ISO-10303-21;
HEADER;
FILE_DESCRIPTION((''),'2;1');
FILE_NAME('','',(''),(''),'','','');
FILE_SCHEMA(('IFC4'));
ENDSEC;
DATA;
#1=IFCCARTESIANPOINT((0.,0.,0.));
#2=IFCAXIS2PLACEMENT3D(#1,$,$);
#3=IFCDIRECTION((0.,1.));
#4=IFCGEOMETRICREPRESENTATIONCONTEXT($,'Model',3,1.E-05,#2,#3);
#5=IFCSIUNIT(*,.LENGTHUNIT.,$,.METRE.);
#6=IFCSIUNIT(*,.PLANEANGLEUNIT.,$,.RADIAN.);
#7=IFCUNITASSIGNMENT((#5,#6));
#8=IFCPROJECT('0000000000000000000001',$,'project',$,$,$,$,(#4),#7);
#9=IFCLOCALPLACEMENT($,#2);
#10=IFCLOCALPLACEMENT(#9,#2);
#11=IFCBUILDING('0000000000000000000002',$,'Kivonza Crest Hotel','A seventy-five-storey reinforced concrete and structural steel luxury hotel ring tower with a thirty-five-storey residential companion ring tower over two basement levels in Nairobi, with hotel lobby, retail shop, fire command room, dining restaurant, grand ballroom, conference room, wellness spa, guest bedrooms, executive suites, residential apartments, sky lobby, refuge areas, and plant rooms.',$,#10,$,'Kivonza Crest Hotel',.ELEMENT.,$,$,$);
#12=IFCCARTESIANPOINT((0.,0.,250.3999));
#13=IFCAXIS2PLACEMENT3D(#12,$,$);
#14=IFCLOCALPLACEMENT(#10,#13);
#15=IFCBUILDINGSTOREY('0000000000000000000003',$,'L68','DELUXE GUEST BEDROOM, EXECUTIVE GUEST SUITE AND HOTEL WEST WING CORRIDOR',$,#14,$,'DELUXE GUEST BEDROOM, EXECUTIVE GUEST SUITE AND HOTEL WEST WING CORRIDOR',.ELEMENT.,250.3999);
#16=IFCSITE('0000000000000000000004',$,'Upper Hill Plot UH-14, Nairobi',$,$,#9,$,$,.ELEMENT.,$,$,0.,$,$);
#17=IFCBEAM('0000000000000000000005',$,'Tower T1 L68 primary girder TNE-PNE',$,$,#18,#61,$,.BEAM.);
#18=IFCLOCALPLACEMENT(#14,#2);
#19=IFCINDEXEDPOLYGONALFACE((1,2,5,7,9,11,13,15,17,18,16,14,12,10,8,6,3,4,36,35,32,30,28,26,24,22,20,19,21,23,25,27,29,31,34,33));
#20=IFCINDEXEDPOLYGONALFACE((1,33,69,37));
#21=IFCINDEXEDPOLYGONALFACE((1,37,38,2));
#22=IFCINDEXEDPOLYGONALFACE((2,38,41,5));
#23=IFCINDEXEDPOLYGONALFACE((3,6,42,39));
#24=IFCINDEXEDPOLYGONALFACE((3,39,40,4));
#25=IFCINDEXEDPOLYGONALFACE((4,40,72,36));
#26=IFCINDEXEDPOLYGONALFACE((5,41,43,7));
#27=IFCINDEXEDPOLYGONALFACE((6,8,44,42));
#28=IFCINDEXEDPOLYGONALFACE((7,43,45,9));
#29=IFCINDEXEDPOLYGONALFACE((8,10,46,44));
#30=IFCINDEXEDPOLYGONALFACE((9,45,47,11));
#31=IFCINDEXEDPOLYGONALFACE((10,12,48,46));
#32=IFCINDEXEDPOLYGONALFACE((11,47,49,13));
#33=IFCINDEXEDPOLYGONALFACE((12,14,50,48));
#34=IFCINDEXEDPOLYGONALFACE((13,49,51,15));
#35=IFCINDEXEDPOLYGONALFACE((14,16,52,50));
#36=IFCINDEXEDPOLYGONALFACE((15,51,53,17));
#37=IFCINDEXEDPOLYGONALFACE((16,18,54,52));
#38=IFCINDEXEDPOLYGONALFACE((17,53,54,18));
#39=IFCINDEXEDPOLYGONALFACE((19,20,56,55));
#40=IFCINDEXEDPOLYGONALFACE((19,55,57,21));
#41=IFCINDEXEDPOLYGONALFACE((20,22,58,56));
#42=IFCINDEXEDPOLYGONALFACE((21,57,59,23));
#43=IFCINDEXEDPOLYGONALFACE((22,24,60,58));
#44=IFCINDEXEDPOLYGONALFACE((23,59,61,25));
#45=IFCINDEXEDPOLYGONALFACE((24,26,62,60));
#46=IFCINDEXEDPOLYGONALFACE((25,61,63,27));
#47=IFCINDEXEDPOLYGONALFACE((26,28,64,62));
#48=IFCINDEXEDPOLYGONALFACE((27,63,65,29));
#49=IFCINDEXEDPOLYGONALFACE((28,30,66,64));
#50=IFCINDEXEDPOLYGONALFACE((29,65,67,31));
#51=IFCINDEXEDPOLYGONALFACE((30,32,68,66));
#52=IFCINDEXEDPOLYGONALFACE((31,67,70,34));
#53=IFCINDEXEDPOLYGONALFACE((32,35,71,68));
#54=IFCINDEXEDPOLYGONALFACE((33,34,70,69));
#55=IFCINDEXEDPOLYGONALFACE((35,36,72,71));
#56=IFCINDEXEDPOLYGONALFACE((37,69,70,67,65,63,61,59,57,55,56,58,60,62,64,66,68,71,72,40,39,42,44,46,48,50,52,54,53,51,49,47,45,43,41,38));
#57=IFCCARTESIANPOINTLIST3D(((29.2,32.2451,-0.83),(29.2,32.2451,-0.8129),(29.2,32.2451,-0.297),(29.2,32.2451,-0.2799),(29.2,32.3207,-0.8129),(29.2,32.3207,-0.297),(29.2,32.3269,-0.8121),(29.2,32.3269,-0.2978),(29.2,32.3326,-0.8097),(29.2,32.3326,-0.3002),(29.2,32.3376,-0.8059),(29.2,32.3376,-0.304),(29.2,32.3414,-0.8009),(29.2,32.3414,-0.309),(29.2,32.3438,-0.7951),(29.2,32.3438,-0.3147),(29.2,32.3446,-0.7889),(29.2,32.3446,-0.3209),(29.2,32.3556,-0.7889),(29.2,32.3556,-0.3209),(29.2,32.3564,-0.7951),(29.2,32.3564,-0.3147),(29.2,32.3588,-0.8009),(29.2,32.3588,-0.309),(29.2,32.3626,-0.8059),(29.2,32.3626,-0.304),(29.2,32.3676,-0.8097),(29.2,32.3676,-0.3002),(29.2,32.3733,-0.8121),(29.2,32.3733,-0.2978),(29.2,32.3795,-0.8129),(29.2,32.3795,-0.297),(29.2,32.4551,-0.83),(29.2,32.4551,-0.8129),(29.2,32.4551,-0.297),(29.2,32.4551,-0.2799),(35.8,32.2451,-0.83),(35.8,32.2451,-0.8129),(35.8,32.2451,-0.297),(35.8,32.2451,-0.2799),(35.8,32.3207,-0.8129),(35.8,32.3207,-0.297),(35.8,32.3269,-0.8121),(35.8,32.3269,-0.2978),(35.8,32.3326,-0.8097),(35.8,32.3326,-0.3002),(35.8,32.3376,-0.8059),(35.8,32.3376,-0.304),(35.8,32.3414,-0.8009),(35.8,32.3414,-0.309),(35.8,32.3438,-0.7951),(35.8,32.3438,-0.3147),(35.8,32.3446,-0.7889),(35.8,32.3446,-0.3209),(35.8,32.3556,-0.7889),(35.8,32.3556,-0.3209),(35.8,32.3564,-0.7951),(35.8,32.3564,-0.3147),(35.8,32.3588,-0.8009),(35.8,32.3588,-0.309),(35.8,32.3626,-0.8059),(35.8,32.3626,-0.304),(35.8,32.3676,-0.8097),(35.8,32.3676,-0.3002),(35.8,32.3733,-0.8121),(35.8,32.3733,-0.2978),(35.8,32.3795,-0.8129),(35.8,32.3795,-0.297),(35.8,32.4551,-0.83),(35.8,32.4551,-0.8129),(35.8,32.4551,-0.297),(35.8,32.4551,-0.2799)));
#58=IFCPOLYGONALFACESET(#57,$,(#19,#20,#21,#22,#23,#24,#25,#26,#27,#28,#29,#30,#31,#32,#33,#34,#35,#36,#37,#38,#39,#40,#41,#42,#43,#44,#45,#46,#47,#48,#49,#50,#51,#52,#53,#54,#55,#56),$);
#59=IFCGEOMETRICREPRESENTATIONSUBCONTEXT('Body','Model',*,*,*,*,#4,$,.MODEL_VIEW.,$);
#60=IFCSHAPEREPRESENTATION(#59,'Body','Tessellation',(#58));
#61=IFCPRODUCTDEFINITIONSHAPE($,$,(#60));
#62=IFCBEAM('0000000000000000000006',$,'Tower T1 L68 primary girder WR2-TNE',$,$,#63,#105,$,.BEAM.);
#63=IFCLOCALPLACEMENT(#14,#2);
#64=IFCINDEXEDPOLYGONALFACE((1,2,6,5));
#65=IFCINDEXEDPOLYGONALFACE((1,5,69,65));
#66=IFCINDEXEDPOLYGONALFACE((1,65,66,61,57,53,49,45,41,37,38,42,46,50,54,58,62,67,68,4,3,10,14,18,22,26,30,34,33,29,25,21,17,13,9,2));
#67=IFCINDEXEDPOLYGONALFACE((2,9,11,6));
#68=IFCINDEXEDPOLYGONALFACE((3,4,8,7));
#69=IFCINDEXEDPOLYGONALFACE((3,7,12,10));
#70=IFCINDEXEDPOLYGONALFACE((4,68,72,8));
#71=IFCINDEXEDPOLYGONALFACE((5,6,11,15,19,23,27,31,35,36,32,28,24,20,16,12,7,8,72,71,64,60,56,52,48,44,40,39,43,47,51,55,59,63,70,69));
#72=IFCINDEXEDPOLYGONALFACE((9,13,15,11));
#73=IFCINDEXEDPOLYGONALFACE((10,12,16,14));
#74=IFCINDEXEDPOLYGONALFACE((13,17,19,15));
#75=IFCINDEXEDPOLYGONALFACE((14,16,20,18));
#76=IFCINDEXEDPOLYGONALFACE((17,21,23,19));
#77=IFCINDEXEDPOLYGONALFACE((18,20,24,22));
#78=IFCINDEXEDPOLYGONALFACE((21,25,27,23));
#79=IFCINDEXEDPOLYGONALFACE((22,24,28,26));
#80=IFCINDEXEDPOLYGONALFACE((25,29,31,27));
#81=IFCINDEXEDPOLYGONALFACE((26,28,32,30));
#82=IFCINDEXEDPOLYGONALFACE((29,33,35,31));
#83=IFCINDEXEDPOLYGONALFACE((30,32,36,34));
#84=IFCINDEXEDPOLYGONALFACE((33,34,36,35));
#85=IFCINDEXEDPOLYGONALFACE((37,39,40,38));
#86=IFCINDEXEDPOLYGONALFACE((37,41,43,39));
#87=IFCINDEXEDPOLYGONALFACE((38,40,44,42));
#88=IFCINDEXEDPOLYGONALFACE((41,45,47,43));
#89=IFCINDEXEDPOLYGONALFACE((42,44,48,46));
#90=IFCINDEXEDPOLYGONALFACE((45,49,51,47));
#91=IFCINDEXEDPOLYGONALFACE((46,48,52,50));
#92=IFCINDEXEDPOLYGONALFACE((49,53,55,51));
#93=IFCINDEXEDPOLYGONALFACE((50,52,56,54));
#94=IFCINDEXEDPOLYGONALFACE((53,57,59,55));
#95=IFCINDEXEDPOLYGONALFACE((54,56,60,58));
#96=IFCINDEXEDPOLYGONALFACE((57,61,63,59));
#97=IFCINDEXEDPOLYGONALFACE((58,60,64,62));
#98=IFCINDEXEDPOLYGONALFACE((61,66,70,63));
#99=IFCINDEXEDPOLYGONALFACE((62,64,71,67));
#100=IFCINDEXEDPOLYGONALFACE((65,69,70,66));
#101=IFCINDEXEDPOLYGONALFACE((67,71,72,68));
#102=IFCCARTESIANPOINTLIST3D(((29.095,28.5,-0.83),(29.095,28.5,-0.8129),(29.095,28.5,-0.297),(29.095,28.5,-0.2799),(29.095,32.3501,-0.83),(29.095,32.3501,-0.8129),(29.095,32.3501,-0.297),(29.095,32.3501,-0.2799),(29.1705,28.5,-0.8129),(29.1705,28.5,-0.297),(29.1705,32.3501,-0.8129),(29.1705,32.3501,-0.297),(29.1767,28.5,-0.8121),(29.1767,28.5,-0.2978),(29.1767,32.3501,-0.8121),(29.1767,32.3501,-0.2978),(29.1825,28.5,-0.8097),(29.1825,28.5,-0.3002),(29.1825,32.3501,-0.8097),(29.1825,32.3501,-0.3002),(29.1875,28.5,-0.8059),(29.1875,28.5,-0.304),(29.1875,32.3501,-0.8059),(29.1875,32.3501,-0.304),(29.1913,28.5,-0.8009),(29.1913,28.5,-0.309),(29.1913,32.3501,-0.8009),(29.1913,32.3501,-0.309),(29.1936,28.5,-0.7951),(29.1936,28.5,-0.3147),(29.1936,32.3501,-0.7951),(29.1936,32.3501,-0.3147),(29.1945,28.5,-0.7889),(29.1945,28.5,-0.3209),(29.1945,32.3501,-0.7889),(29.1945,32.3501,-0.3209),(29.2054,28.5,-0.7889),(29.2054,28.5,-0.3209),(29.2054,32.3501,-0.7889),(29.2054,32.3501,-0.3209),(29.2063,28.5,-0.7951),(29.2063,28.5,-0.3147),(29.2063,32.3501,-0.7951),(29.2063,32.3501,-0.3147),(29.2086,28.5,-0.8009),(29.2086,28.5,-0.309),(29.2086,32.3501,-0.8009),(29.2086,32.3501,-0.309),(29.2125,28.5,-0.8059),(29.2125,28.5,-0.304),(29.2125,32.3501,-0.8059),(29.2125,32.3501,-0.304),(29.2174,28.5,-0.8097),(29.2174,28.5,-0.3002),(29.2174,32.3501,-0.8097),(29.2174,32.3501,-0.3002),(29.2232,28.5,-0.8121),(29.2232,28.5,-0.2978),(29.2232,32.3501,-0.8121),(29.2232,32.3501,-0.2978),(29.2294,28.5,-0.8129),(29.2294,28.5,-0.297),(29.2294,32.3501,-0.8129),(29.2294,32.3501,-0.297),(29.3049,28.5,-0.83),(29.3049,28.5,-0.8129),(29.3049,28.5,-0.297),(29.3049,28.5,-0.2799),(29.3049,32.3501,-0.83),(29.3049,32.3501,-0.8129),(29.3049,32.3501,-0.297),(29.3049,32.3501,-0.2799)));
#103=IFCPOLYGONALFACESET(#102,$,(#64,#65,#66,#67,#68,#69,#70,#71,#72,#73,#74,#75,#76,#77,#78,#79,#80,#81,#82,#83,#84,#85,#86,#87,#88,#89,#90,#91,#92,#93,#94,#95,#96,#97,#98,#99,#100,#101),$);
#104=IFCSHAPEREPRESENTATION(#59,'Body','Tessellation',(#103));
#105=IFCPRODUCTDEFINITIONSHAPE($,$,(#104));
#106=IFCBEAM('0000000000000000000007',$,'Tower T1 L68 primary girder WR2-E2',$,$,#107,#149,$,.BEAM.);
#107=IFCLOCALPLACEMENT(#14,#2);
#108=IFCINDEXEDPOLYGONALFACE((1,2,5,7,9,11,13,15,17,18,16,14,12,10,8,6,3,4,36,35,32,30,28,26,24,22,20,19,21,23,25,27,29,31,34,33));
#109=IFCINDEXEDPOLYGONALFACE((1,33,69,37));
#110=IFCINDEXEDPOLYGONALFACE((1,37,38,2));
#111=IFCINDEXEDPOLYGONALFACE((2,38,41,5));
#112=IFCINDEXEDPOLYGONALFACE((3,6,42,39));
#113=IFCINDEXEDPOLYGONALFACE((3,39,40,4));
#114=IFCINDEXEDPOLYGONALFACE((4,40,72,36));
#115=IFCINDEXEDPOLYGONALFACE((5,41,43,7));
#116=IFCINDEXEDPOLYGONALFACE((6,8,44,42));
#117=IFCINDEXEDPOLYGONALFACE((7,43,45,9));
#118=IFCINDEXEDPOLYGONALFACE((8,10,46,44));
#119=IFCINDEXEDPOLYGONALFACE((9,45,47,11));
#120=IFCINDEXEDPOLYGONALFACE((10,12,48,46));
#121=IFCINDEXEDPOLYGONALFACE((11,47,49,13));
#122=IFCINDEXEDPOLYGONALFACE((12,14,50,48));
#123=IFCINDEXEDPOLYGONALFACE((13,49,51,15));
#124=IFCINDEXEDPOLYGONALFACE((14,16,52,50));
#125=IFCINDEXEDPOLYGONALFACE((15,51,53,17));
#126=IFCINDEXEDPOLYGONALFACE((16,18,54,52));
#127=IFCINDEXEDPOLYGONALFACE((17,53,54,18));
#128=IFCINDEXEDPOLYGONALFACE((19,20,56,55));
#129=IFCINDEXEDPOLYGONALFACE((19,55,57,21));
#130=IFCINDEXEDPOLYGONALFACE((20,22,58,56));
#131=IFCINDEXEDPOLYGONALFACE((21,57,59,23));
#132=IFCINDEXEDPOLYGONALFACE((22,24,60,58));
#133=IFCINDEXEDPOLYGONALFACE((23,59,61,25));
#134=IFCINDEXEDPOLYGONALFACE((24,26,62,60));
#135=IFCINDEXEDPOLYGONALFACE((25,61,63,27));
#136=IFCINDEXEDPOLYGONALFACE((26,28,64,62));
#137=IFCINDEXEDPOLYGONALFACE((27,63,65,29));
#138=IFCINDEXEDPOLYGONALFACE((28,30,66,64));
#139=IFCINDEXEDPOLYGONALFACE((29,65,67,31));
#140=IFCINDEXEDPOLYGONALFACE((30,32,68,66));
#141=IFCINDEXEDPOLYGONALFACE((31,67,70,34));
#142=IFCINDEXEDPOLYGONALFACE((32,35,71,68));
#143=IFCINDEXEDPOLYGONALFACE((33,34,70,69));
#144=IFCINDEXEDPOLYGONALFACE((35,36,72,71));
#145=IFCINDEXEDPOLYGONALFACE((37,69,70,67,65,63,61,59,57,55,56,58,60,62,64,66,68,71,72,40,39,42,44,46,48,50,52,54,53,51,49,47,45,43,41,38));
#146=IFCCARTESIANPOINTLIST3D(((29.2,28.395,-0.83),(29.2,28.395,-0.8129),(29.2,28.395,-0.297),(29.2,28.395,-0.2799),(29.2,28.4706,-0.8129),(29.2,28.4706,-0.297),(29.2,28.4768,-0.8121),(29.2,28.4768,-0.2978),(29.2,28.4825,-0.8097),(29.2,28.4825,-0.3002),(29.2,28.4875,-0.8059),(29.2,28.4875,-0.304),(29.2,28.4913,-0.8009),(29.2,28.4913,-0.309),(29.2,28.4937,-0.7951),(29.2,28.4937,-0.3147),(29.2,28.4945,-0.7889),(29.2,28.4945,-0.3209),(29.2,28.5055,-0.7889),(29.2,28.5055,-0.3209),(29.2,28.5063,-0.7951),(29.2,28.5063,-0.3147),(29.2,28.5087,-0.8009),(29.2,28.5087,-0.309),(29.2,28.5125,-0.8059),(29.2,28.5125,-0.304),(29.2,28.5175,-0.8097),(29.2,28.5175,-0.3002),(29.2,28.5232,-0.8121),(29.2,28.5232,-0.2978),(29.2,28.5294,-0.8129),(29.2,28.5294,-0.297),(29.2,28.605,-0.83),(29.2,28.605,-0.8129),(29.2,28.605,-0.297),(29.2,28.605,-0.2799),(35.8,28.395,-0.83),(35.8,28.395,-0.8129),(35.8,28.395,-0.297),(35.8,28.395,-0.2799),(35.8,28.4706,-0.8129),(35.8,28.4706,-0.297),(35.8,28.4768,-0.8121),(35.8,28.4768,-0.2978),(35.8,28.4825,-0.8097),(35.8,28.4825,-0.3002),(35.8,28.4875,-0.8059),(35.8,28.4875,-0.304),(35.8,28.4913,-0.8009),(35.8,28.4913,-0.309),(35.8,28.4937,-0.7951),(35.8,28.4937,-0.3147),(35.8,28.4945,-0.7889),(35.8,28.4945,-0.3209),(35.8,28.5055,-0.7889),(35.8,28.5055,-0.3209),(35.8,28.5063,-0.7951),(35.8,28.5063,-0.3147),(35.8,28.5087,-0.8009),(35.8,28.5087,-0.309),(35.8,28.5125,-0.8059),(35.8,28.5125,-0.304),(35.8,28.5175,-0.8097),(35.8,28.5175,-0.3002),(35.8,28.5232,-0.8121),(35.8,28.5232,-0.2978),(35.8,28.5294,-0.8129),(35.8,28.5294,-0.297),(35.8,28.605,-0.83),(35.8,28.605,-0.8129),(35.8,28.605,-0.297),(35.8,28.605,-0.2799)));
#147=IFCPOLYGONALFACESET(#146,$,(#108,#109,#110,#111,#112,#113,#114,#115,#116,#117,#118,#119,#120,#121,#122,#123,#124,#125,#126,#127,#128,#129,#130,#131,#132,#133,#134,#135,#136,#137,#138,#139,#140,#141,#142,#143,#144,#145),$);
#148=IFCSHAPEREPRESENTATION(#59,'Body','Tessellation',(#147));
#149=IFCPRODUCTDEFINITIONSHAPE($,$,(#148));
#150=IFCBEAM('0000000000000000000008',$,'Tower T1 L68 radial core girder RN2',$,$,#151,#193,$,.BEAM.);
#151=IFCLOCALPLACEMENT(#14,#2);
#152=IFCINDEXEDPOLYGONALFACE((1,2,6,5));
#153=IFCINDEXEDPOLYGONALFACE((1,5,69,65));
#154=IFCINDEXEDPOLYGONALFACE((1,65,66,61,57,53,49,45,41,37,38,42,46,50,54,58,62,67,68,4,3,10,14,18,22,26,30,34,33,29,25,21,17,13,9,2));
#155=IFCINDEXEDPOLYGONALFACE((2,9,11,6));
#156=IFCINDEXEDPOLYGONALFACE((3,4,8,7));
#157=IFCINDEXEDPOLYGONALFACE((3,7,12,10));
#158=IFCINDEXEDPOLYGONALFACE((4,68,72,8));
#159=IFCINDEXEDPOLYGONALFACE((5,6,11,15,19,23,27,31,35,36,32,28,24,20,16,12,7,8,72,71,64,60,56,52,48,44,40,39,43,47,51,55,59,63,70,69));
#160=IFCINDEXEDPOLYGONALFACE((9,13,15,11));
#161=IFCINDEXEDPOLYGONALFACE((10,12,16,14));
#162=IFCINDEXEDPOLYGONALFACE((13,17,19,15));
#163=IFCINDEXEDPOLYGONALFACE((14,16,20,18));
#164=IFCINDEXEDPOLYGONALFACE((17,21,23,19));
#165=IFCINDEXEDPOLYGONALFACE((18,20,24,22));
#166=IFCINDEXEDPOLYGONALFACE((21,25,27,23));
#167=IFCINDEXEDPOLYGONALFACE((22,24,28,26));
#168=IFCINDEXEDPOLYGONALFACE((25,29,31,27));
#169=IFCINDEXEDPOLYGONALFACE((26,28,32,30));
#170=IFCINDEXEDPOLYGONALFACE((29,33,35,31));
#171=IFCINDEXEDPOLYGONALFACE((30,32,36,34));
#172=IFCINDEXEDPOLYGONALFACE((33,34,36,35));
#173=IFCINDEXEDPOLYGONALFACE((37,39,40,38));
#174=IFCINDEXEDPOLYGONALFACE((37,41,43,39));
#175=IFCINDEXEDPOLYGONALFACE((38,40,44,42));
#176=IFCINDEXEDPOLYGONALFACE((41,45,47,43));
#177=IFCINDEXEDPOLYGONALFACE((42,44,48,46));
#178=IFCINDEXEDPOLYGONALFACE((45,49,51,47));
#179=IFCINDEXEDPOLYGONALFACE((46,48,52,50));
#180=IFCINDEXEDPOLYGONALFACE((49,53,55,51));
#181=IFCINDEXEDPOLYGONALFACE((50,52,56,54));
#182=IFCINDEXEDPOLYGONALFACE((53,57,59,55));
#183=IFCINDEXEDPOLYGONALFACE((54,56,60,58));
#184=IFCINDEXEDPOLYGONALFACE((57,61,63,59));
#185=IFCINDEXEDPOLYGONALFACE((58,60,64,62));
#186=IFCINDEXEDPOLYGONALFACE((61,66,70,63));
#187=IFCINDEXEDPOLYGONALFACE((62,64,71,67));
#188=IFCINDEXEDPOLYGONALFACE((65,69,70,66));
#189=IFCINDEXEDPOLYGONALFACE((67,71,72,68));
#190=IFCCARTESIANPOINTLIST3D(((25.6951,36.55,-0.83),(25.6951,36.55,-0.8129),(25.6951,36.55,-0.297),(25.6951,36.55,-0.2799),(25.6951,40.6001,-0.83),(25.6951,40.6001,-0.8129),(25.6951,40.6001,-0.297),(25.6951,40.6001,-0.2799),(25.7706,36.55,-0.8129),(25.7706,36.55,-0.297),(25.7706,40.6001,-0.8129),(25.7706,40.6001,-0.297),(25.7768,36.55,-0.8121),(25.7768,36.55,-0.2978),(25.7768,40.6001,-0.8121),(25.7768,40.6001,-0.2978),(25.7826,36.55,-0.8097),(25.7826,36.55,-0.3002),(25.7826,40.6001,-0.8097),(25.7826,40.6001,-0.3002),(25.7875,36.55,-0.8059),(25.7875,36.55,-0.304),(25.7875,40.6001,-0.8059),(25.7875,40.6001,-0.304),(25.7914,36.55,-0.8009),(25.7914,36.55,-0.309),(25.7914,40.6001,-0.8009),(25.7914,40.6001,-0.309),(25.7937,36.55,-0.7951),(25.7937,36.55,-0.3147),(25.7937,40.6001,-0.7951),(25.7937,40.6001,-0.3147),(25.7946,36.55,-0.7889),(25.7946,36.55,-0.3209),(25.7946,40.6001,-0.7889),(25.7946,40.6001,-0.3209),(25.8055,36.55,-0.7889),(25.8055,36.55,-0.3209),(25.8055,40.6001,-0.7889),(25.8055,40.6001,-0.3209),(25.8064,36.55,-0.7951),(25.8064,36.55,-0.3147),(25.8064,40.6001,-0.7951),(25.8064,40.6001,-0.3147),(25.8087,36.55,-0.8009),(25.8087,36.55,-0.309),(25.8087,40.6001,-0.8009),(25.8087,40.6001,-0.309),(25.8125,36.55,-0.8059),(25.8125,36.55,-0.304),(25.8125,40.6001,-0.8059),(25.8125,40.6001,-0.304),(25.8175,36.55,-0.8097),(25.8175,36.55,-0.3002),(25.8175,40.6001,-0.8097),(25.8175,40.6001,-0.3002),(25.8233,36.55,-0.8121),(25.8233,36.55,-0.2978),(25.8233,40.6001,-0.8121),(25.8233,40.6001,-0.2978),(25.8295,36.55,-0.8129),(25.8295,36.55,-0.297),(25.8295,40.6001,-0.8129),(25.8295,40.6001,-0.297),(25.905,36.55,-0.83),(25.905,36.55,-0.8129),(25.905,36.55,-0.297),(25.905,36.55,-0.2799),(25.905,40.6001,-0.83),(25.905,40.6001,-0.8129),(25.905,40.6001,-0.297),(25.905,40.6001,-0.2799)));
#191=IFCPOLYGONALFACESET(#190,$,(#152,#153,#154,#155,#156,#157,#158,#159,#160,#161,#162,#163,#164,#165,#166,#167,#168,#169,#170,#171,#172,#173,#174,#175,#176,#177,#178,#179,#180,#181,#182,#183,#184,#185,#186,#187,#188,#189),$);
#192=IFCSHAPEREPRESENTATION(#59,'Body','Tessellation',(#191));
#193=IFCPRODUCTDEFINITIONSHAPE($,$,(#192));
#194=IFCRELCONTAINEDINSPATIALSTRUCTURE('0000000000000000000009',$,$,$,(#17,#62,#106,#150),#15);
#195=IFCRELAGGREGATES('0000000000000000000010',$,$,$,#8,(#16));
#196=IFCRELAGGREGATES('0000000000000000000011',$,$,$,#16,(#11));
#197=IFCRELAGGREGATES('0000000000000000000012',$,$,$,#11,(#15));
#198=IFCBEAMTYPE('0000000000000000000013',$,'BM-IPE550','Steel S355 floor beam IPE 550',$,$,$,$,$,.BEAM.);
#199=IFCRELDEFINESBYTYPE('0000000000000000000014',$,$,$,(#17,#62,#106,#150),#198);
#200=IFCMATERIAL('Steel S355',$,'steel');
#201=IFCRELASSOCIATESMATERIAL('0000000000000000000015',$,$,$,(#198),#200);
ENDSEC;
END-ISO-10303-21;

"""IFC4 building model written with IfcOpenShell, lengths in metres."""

from ifc_helpers import new_model, si_unit, direction, frame, origin, origin_2d, place, context, subcontext, project, spatial, i_section, extrude, material, material_profile, profile_set, type_object, element, save


model = new_model("IFC4")

# Units and contexts
model_context = context("Model", 3, precision=1e-05, world=origin(), true_north=direction((0.0, 1.0)))
body_context = subcontext(model_context, "Body", "Model", "MODEL_VIEW")
ifc_project = project(units=[si_unit("LENGTHUNIT", "METRE"), si_unit("PLANEANGLEUNIT", "RADIAN")], contexts=[model_context])

# Site, building, storey
site_placement = place(None, origin())
site = spatial("IfcSite", under=ifc_project, at=site_placement, Name="Upper Hill Plot UH-14, Nairobi", CompositionType="ELEMENT", RefElevation=0.0)
building_placement = place(site_placement, origin())
building = spatial("IfcBuilding", under=site, at=building_placement, Name="Kivonza Crest Hotel", Description="A seventy-five-storey reinforced concrete and structural steel luxury hotel ring tower with a thirty-five-storey residential companion ring tower over two basement levels in Nairobi, with hotel lobby, retail shop, fire command room, dining restaurant, grand ballroom, conference room, wellness spa, guest bedrooms, executive suites, residential apartments, sky lobby, refuge areas, and plant rooms.", LongName="Kivonza Crest Hotel", CompositionType="ELEMENT")
storey_placement = place(building_placement, frame((0.0, 0.0, 250.3999)))
storey = spatial("IfcBuildingStorey", under=building, at=storey_placement, Name="L68", Description="DELUXE GUEST BEDROOM, EXECUTIVE GUEST SUITE AND HOTEL WEST WING CORRIDOR", LongName="DELUXE GUEST BEDROOM, EXECUTIVE GUEST SUITE AND HOTEL WEST WING CORRIDOR", CompositionType="ELEMENT", Elevation=250.3999)

# Beams
ifc_material_1 = material(Name="Steel S355", Category="steel")
ifc_material_profile_1 = material_profile(ifc_material_1, i_section(OverallWidth=0.21, OverallDepth=0.55, WebThickness=0.011, FlangeThickness=0.0171, FilletRadius=0.0239, at=origin_2d()), Name="IPE 550")
ifc_profile_set_1 = profile_set([ifc_material_profile_1], Name="Steel S355")
beam_type_1 = type_object("IfcBeamType", Name="BM-IPE550", Description="Steel S355 floor beam IPE 550", PredefinedType="BEAM", material=ifc_profile_set_1)
beam_1_placement = place(storey_placement, frame((29.2, 32.3501, -0.5549), z_axis=(1.0, 0.0, 0.0), x_axis=(0.0, 1.0, 0.0)))
element("IfcBeam", 1, at=beam_1_placement, inside=storey, type_object=beam_type_1, Name="Tower T1 L68 primary girder TNE-PNE", PredefinedType="BEAM", context=body_context, shape_type="SweptSolid", body=[
    extrude(i_section(OverallWidth=0.21, OverallDepth=0.55, WebThickness=0.011, FlangeThickness=0.0171, FilletRadius=0.0239, at=origin_2d()), origin(), (0.0, 0.0, 1.0), 6.6001),
])
beam_2_placement = place(storey_placement, frame((29.2, 28.5, -0.5549), z_axis=(0.0, 1.0, 0.0), x_axis=(-1.0, 0.0, 0.0)))
element("IfcBeam", 2, at=beam_2_placement, inside=storey, type_object=beam_type_1, Name="Tower T1 L68 primary girder WR2-TNE", PredefinedType="BEAM", context=body_context, shape_type="SweptSolid", body=[
    extrude(i_section(OverallWidth=0.21, OverallDepth=0.55, WebThickness=0.011, FlangeThickness=0.0171, FilletRadius=0.0239, at=origin_2d()), origin(), (0.0, 0.0, 1.0), 3.8501),
])
beam_3_placement = place(storey_placement, frame((29.2, 28.5, -0.5549), z_axis=(1.0, 0.0, 0.0), x_axis=(0.0, 1.0, 0.0)))
element("IfcBeam", 3, at=beam_3_placement, inside=storey, type_object=beam_type_1, Name="Tower T1 L68 primary girder WR2-E2", PredefinedType="BEAM", context=body_context, shape_type="SweptSolid", body=[
    extrude(i_section(OverallWidth=0.21, OverallDepth=0.55, WebThickness=0.011, FlangeThickness=0.0171, FilletRadius=0.0239, at=origin_2d()), origin(), (0.0, 0.0, 1.0), 6.6001),
])
beam_4_placement = place(storey_placement, frame((25.8, 40.6001, -0.5549), z_axis=(0.0, -1.0, 0.0), x_axis=(1.0, 0.0, 0.0)))
element("IfcBeam", 4, at=beam_4_placement, inside=storey, type_object=beam_type_1, Name="Tower T1 L68 radial core girder RN2", PredefinedType="BEAM", context=body_context, shape_type="SweptSolid", body=[
    extrude(i_section(OverallWidth=0.21, OverallDepth=0.55, WebThickness=0.011, FlangeThickness=0.0171, FilletRadius=0.0239, at=origin_2d()), origin(), (0.0, 0.0, 1.0), 4.05),
])

save(model, "model.ifc")
